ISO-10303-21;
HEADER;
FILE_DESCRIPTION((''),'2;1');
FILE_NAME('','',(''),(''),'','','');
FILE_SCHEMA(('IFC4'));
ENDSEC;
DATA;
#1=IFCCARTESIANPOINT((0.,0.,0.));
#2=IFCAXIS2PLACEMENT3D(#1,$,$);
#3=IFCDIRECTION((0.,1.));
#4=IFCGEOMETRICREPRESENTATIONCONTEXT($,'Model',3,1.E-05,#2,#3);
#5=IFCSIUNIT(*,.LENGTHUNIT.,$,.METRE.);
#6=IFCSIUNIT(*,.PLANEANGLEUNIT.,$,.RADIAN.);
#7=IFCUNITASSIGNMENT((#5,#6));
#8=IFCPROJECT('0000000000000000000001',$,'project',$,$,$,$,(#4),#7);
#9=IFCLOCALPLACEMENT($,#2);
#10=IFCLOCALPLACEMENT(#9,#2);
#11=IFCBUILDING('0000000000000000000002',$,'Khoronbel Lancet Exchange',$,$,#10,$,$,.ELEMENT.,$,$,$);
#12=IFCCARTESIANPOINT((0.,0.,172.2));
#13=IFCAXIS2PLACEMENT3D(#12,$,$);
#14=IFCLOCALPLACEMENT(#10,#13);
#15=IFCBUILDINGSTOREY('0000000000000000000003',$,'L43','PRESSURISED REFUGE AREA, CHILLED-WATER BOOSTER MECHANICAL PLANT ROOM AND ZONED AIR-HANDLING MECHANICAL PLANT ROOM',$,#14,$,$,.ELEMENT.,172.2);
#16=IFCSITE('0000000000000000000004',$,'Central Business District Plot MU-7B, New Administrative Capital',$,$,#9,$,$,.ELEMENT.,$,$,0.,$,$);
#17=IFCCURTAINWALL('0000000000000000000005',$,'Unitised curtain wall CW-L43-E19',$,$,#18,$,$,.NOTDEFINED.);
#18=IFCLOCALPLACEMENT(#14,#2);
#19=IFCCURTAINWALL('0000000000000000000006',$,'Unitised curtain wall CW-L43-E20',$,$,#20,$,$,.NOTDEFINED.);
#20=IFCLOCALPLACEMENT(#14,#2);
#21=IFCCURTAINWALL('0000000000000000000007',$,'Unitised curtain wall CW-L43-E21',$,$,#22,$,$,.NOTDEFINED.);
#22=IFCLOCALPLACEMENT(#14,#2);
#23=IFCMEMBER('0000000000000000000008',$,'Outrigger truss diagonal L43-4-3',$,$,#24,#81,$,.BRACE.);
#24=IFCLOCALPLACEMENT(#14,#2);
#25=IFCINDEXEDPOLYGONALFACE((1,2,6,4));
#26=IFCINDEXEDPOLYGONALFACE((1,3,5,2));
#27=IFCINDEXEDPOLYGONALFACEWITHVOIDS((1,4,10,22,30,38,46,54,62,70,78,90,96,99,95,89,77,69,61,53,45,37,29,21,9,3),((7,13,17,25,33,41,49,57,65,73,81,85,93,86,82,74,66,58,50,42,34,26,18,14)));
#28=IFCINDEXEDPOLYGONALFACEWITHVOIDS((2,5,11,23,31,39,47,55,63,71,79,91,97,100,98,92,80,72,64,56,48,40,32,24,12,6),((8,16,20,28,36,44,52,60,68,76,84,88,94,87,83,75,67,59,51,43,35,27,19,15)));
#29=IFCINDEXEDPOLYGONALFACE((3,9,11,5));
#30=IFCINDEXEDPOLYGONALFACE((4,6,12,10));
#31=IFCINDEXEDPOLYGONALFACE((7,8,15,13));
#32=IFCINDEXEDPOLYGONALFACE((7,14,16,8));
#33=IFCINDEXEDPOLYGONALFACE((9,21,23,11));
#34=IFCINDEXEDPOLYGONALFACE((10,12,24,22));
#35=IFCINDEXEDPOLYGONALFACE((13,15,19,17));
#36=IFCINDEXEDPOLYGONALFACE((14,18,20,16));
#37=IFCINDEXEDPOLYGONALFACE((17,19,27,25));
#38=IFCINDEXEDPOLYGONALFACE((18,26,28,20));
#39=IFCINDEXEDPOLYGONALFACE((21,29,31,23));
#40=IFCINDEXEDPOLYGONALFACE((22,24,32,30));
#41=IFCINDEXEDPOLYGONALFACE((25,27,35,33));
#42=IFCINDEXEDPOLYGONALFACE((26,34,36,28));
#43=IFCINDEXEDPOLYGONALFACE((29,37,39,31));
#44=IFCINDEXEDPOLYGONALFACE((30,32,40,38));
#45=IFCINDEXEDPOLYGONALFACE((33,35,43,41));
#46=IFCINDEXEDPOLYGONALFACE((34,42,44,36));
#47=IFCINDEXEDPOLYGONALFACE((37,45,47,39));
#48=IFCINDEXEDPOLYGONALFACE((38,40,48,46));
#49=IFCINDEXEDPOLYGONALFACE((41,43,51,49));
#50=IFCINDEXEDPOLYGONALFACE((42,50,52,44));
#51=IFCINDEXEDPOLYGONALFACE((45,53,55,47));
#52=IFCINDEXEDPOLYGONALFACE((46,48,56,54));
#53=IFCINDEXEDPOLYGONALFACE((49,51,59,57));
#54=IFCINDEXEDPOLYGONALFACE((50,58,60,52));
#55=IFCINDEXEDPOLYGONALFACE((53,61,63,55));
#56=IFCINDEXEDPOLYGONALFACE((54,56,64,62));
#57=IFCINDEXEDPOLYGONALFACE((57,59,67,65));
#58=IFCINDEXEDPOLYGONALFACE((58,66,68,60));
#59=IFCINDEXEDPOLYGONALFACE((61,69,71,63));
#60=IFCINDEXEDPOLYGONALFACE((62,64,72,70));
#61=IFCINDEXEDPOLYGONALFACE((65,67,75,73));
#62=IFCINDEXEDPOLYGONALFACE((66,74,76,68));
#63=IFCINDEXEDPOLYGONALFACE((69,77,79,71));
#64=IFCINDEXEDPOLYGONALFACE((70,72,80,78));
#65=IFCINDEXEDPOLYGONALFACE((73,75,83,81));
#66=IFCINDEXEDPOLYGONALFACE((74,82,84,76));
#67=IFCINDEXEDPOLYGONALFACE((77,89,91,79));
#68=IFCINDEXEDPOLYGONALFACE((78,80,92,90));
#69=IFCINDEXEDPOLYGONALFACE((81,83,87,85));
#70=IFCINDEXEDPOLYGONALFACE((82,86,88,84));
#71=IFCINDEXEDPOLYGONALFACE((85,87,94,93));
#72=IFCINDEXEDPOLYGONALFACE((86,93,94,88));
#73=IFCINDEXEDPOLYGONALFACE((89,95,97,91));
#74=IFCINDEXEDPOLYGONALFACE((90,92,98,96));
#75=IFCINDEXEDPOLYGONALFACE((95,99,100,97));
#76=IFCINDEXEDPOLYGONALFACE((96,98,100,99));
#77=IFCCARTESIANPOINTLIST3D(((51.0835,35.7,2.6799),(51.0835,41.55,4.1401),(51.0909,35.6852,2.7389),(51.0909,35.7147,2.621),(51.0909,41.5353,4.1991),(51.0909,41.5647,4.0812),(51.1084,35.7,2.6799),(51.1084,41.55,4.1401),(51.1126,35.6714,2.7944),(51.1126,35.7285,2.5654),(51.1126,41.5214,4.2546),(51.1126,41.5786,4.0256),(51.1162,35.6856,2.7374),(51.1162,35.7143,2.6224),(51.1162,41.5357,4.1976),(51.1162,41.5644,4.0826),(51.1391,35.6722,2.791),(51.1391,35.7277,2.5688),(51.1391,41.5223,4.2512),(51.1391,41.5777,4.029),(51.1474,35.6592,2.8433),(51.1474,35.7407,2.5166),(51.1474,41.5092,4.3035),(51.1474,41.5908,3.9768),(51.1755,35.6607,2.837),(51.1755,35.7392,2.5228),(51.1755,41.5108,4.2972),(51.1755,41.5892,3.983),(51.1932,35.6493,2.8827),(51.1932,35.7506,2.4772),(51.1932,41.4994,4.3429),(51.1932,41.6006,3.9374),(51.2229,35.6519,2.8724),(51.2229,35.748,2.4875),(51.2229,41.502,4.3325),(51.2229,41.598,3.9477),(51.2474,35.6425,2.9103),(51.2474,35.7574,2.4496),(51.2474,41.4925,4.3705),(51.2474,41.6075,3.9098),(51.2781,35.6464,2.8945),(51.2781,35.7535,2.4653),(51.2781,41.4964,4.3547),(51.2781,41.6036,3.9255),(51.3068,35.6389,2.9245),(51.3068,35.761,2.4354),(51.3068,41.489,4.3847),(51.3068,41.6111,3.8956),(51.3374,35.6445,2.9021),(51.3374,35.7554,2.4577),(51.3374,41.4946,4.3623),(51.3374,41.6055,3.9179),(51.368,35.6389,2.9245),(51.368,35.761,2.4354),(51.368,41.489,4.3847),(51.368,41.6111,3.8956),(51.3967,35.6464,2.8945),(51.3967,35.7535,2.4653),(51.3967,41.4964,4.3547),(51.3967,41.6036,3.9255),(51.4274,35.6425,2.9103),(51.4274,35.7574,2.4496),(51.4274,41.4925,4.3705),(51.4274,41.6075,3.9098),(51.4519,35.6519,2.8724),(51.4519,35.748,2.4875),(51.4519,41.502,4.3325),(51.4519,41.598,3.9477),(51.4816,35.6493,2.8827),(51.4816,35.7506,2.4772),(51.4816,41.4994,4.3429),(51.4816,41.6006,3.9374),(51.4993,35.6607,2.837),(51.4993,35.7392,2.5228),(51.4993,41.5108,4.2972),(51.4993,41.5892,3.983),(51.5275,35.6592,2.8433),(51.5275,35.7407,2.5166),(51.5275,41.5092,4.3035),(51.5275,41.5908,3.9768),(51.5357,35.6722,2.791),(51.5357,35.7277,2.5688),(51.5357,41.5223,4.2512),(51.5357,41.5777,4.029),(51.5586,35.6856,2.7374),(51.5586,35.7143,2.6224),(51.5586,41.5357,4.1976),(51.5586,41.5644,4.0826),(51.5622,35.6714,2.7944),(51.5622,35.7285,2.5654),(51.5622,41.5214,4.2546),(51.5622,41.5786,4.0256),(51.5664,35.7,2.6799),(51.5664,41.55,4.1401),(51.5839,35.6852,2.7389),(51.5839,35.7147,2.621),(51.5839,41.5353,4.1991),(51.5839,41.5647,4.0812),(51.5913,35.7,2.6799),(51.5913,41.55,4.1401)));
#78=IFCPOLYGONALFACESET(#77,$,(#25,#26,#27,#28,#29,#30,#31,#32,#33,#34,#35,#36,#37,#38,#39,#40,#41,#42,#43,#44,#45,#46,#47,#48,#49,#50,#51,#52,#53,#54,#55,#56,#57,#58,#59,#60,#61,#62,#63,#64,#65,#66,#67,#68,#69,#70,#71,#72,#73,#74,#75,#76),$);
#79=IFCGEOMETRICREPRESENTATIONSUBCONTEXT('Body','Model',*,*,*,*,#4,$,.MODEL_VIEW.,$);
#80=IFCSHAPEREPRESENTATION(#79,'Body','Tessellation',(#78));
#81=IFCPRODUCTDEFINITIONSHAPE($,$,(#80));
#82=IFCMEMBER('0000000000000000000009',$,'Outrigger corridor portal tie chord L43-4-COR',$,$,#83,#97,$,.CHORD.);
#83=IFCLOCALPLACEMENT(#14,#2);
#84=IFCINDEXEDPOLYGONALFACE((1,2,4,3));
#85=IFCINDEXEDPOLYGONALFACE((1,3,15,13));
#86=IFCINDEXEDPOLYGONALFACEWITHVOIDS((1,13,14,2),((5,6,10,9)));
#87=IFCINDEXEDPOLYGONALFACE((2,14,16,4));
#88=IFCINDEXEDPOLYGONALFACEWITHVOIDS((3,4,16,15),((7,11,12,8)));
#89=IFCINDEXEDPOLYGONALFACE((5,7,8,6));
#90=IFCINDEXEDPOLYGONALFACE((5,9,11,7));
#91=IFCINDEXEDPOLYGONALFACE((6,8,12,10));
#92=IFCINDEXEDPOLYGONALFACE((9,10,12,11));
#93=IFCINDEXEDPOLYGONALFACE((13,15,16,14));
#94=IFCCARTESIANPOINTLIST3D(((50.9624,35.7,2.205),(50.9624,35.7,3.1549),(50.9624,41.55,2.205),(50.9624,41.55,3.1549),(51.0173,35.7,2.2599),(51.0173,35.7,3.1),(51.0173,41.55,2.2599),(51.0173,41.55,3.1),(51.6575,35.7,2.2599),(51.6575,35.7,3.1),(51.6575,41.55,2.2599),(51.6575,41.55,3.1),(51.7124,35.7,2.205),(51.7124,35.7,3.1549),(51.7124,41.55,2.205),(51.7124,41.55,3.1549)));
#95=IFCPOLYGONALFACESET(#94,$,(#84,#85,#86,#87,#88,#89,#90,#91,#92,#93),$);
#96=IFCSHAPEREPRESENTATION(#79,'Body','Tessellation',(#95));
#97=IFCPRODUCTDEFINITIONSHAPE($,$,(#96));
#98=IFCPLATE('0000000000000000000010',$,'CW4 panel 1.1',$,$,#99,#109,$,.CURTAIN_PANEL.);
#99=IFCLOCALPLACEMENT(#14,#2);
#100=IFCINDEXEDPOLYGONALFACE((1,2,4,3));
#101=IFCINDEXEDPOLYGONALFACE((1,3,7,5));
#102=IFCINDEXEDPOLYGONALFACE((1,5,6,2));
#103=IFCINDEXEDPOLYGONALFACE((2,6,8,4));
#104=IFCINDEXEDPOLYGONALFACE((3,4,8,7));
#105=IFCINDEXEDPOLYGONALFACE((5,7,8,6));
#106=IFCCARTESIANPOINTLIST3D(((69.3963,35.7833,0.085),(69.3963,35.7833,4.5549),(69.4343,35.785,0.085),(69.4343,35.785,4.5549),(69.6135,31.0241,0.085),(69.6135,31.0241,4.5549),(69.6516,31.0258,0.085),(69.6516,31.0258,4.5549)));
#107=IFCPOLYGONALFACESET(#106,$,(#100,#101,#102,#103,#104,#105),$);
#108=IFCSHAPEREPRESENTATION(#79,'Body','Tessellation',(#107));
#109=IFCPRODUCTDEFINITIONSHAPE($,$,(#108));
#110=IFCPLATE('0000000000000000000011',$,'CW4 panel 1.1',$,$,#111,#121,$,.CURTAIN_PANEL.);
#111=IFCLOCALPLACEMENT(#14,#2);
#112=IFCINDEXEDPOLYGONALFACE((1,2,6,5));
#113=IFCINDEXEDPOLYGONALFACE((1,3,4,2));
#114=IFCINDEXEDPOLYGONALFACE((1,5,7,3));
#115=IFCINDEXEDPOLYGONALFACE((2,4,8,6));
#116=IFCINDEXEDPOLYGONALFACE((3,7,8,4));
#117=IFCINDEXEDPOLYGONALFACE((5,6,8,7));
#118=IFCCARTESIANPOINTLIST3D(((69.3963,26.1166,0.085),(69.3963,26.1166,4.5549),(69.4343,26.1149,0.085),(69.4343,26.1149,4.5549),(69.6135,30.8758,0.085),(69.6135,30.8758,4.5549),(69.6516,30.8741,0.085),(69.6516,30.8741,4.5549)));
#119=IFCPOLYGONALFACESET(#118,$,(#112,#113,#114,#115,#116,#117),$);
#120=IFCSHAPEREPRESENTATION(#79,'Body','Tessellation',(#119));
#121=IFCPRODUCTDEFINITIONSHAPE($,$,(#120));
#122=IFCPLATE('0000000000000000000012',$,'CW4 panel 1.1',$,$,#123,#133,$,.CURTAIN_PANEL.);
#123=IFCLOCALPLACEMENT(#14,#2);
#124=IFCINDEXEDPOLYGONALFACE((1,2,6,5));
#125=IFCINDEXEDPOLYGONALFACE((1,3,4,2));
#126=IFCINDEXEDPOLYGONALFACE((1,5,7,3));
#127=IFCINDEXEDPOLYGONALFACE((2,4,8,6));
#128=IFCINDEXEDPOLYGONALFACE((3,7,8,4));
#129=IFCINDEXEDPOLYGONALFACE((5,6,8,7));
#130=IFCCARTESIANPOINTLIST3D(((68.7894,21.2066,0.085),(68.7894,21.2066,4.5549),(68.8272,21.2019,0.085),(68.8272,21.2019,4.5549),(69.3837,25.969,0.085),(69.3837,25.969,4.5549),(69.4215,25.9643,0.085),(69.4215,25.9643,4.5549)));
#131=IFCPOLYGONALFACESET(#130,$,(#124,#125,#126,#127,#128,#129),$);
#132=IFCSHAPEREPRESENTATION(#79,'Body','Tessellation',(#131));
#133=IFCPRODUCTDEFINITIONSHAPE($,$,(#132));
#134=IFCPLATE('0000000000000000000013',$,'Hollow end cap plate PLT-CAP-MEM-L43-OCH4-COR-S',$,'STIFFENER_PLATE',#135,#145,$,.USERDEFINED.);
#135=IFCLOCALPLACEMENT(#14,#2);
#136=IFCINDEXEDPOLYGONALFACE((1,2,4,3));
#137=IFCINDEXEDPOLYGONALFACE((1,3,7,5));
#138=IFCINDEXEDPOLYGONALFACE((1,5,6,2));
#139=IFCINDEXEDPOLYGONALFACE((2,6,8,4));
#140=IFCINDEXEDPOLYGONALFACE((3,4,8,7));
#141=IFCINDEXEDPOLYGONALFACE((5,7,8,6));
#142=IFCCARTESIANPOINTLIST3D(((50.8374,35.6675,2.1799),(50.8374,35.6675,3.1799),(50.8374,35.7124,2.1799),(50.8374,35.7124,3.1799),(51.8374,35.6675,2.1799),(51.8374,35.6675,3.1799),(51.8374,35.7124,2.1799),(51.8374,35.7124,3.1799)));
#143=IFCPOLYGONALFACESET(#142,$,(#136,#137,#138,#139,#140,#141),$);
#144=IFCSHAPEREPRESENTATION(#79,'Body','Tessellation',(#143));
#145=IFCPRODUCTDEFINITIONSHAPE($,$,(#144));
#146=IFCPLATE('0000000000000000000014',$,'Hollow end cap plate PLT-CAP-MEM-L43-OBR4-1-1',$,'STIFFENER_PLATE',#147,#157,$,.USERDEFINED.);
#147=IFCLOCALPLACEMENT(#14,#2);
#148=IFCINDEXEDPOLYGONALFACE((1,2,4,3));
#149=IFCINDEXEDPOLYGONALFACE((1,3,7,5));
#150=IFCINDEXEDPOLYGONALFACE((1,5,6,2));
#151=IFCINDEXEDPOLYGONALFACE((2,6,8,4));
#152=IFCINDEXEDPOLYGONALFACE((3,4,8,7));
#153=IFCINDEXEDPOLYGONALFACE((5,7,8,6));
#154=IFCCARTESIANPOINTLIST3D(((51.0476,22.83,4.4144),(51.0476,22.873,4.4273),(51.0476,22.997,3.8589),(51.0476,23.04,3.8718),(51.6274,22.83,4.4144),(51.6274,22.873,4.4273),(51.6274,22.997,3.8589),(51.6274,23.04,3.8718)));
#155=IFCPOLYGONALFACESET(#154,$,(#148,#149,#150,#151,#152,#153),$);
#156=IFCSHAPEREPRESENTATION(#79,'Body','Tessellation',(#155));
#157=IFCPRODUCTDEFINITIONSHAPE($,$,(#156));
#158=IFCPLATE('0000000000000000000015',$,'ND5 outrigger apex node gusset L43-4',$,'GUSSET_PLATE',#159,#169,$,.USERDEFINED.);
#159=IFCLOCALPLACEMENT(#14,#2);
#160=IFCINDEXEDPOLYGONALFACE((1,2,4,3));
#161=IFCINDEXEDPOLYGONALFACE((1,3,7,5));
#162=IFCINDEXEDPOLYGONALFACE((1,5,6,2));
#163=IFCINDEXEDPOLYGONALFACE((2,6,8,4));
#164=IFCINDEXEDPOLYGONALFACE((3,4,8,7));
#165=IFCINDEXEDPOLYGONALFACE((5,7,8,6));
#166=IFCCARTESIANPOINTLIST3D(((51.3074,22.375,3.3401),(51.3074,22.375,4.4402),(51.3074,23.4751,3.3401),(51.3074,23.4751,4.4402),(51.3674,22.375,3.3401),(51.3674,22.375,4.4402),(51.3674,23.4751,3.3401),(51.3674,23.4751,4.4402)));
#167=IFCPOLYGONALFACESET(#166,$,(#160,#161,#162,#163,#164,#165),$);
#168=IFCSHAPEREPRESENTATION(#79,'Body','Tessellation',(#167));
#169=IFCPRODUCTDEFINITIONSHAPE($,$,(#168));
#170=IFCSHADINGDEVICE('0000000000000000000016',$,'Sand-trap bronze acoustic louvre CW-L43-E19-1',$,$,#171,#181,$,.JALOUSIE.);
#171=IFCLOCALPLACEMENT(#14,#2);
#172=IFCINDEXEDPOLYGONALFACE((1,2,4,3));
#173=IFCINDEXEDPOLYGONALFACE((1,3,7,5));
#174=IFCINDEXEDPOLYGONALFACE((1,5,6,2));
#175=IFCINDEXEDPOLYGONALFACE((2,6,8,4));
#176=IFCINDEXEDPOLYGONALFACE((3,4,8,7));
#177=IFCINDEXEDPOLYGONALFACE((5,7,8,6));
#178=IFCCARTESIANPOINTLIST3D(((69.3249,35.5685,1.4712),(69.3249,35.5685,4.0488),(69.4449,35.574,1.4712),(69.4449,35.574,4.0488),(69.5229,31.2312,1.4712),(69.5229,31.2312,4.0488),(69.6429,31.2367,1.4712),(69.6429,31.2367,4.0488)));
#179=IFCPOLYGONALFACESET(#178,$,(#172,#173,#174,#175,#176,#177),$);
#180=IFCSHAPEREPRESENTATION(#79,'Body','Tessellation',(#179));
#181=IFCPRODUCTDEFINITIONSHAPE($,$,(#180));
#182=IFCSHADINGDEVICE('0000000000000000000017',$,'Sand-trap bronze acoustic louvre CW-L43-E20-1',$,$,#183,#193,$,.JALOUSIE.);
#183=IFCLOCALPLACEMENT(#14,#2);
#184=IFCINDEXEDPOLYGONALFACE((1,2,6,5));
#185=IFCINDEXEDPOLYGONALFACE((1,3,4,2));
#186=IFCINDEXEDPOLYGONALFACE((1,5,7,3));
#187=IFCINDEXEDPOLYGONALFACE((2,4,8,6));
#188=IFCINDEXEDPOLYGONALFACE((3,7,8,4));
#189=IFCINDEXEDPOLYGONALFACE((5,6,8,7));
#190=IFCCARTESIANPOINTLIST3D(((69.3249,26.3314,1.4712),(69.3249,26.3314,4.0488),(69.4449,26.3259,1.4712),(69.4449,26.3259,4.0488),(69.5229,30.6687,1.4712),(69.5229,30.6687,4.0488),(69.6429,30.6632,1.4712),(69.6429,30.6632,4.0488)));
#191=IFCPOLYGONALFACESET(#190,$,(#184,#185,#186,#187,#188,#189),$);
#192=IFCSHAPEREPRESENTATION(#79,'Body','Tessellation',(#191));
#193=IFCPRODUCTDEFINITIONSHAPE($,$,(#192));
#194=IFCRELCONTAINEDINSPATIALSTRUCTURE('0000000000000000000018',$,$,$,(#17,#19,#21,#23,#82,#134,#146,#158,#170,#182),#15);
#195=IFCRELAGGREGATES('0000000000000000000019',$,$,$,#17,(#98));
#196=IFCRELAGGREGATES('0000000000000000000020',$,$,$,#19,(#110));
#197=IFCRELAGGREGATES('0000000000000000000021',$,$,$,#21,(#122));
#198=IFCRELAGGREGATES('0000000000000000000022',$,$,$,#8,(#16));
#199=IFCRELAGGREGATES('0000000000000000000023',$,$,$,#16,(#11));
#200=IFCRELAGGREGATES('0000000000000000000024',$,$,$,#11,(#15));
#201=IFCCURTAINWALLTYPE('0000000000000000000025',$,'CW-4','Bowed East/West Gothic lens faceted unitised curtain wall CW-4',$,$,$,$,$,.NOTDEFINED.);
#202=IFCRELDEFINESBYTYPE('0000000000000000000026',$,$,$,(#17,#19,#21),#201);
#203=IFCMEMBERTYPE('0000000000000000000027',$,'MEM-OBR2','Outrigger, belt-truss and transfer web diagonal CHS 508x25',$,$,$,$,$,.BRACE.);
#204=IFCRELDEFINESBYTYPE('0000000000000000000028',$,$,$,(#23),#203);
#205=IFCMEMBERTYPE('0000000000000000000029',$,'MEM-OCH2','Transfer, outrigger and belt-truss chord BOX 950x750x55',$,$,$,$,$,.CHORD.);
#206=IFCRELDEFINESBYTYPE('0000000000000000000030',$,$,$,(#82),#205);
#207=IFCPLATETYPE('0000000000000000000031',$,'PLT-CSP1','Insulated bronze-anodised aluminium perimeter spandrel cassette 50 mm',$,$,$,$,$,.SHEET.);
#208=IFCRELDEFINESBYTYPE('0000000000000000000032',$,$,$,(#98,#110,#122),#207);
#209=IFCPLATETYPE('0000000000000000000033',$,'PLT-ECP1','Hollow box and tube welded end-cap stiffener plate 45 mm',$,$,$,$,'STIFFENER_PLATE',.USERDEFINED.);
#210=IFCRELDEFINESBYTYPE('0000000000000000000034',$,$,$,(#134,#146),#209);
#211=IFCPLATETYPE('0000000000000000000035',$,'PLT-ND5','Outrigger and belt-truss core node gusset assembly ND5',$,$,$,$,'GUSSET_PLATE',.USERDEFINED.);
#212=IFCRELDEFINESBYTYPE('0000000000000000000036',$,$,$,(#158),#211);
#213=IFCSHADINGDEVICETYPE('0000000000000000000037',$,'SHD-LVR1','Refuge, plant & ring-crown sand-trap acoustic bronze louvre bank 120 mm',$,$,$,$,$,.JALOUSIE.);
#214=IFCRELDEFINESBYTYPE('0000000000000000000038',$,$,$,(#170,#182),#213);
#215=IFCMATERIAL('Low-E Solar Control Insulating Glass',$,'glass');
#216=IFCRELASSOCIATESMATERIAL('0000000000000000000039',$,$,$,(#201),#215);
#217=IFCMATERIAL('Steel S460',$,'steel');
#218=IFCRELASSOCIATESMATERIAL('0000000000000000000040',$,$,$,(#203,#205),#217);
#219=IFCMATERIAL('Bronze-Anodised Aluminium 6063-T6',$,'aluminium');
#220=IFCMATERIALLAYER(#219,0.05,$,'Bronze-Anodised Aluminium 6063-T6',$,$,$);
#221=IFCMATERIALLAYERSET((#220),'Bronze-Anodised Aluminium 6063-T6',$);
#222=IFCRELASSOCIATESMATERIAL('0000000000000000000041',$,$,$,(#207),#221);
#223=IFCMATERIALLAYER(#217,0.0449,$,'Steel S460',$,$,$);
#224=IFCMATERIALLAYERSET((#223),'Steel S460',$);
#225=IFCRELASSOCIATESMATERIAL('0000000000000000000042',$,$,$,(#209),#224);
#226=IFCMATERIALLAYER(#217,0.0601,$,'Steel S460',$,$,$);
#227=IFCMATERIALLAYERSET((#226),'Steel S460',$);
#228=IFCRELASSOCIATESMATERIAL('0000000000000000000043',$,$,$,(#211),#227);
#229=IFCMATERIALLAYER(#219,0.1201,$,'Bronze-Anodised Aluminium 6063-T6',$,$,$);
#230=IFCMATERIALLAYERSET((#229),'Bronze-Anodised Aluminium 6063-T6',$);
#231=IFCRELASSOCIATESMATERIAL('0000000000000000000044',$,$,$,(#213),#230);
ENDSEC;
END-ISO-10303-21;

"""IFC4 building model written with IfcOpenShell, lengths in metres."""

from ifc_helpers import new_model, si_unit, direction, frame, origin, origin_2d, place, context, subcontext, project, spatial, polyline, rectangle, hollow_rectangle, hollow_circle, outline, extrude, material, layer, layer_set, material_profile, profile_set, type_object, element, aggregate, save


model = new_model("IFC4")

# Units and contexts
model_context = context("Model", 3, precision=1e-05, world=origin(), true_north=direction((0.0, 1.0)))
body_context = subcontext(model_context, "Body", "Model", "MODEL_VIEW")
ifc_project = project(units=[si_unit("LENGTHUNIT", "METRE"), si_unit("PLANEANGLEUNIT", "RADIAN")], contexts=[model_context])

# Site, building, storey
site_placement = place(None, origin())
site = spatial("IfcSite", under=ifc_project, at=site_placement, Name="Central Business District Plot MU-7B, New Administrative Capital", CompositionType="ELEMENT", RefElevation=0.0)
building_placement = place(site_placement, origin())
building = spatial("IfcBuilding", under=site, at=building_placement, Name="Khoronbel Lancet Exchange", CompositionType="ELEMENT")
storey_placement = place(building_placement, frame((0.0, 0.0, 172.2)))
storey = spatial("IfcBuildingStorey", under=building, at=storey_placement, Name="L43", Description="PRESSURISED REFUGE AREA, CHILLED-WATER BOOSTER MECHANICAL PLANT ROOM AND ZONED AIR-HANDLING MECHANICAL PLANT ROOM", CompositionType="ELEMENT", Elevation=172.2)

# Curtain wall
ifc_material_1 = material(Name="Low-E Solar Control Insulating Glass", Category="glass")
curtain_wall_type = type_object("IfcCurtainWallType", Name="CW-4", Description="Bowed East/West Gothic lens faceted unitised curtain wall CW-4", PredefinedType="NOTDEFINED", material=ifc_material_1)
curtain_wall_1_placement = place(storey_placement, origin())
curtain_wall_1 = element("IfcCurtainWall", 1, at=curtain_wall_1_placement, inside=storey, type_object=curtain_wall_type, Name="Unitised curtain wall CW-L43-E19", PredefinedType="NOTDEFINED")
ifc_material_2 = material(Name="Bronze-Anodised Aluminium 6063-T6", Category="aluminium")

# Curtain walls
curtain_wall_2_placement = place(storey_placement, origin())
curtain_wall_2 = element("IfcCurtainWall", 2, at=curtain_wall_2_placement, inside=storey, type_object=curtain_wall_type, Name="Unitised curtain wall CW-L43-E20", PredefinedType="NOTDEFINED")
curtain_wall_3_placement = place(storey_placement, origin())
curtain_wall_3 = element("IfcCurtainWall", 3, at=curtain_wall_3_placement, inside=storey, type_object=curtain_wall_type, Name="Unitised curtain wall CW-L43-E21", PredefinedType="NOTDEFINED")

# Members
ifc_material_3 = material(Name="Steel S460", Category="steel")
ifc_material_profile_1 = material_profile(ifc_material_3, hollow_circle(Radius=0.2539, WallThickness=0.0249, at=origin_2d()), Name="CHS 508x25")
ifc_profile_set_1 = profile_set([ifc_material_profile_1], Name="Steel S460")
member_type_1 = type_object("IfcMemberType", Name="MEM-OBR2", Description="Outrigger, belt-truss and transfer web diagonal CHS 508x25", PredefinedType="BRACE", material=ifc_profile_set_1)
member_1_placement = place(storey_placement, frame((51.3374, 35.7, 2.6799), z_axis=(0.0, 0.970233, 0.242174), x_axis=(-1.0, 0.0, 0.0)))
element("IfcMember", 4, at=member_1_placement, inside=storey, type_object=member_type_1, Name="Outrigger truss diagonal L43-4-3", PredefinedType="BRACE", context=body_context, shape_type="SweptSolid", body=[
    extrude(hollow_circle(Radius=0.2539, WallThickness=0.0249, at=origin_2d()), origin(), (0.0, 0.0, 1.0), 6.0295),
])
ifc_material_profile_2 = material_profile(ifc_material_3, hollow_rectangle(XDim=0.75, YDim=0.95, WallThickness=0.0549, at=origin_2d()), Name="BOX 950x750x55")
ifc_profile_set_2 = profile_set([ifc_material_profile_2], Name="Steel S460")
member_type_2 = type_object("IfcMemberType", Name="MEM-OCH2", Description="Transfer, outrigger and belt-truss chord BOX 950x750x55", PredefinedType="CHORD", material=ifc_profile_set_2)
member_2_placement = place(storey_placement, frame((51.3374, 35.7, 2.6799), z_axis=(0.0, 1.0, 0.0), x_axis=(-1.0, 0.0, 0.0)))
element("IfcMember", 5, at=member_2_placement, inside=storey, type_object=member_type_2, Name="Outrigger corridor portal tie chord L43-4-COR", PredefinedType="CHORD", context=body_context, shape_type="SweptSolid", body=[
    extrude(hollow_rectangle(XDim=0.75, YDim=0.95, WallThickness=0.0549, at=origin_2d()), origin(), (0.0, 0.0, 1.0), 5.8501),
])

# Plates
ifc_layer_1 = layer(ifc_material_2, 0.05, Name="Bronze-Anodised Aluminium 6063-T6")
ifc_layer_set_1 = layer_set([ifc_layer_1], Name="Bronze-Anodised Aluminium 6063-T6")
plate_type_1 = type_object("IfcPlateType", Name="PLT-CSP1", Description="Insulated bronze-anodised aluminium perimeter spandrel cassette 50 mm", PredefinedType="SHEET", material=ifc_layer_set_1)
plate_1_placement = place(storey_placement, frame((69.5239, 33.4045, 0.085), z_axis=(0.0, 0.0, 1.0), x_axis=(0.045602, -0.99896, 0.0)))
plate_1 = element("IfcPlate", 6, at=plate_1_placement, type_object=plate_type_1, Name="CW4 panel 1.1", PredefinedType="CURTAIN_PANEL", context=body_context, shape_type="SweptSolid", body=[
    extrude(rectangle(XDim=4.7642, YDim=0.0381, at=origin_2d()), origin(), (0.0, 0.0, 1.0), 4.47),
])
aggregate(curtain_wall_1, [plate_1])
plate_2_placement = place(storey_placement, frame((69.5239, 28.4954, 0.085), z_axis=(0.0, 0.0, 1.0), x_axis=(-0.045602, -0.99896, 0.0)))
plate_2 = element("IfcPlate", 7, at=plate_2_placement, type_object=plate_type_1, Name="CW4 panel 1.1", PredefinedType="CURTAIN_PANEL", context=body_context, shape_type="SweptSolid", body=[
    extrude(rectangle(XDim=4.7642, YDim=0.0381, at=origin_2d()), origin(), (0.0, 0.0, 1.0), 4.47),
])
aggregate(curtain_wall_2, [plate_2])
plate_3_placement = place(storey_placement, frame((69.1055, 23.5854, 0.085), z_axis=(0.0, 0.0, 1.0), x_axis=(-0.123838, -0.992302, 0.0)))
plate_3 = element("IfcPlate", 8, at=plate_3_placement, type_object=plate_type_1, Name="CW4 panel 1.1", PredefinedType="CURTAIN_PANEL", context=body_context, shape_type="SweptSolid", body=[
    extrude(rectangle(XDim=4.7993, YDim=0.0381, at=origin_2d()), origin(), (0.0, 0.0, 1.0), 4.47),
])
aggregate(curtain_wall_3, [plate_3])

# Plates
ifc_layer_2 = layer(ifc_material_3, 0.0449, Name="Steel S460")
ifc_layer_set_2 = layer_set([ifc_layer_2], Name="Steel S460")
plate_type_2 = type_object("IfcPlateType", Name="PLT-ECP1", Description="Hollow box and tube welded end-cap stiffener plate 45 mm", ElementType="STIFFENER_PLATE", PredefinedType="USERDEFINED", material=ifc_layer_set_2)
plate_4_placement = place(storey_placement, frame((51.3374, 35.6899, 2.1799), z_axis=(0.0, 0.0, 1.0), x_axis=(0.0, -1.0, 0.0)))
element("IfcPlate", 9, at=plate_4_placement, inside=storey, type_object=plate_type_2, Name="Hollow end cap plate PLT-CAP-MEM-L43-OCH4-COR-S", ObjectType="STIFFENER_PLATE", PredefinedType="USERDEFINED", context=body_context, shape_type="SweptSolid", body=[
    extrude(rectangle(XDim=0.0449, YDim=1.0, at=origin_2d()), origin(), (0.0, 0.0, 1.0), 1.0),
])
plate_5_placement = place(storey_placement, frame((51.6274, 23.04, 3.8718), z_axis=(0.0, 0.957652, 0.287927), x_axis=(-1.0, 0.0, 0.0)))
element("IfcPlate", 10, at=plate_5_placement, inside=storey, type_object=plate_type_2, Name="Hollow end cap plate PLT-CAP-MEM-L43-OBR4-1-1", ObjectType="STIFFENER_PLATE", PredefinedType="USERDEFINED", context=body_context, shape_type="SweptSolid", body=[
    extrude(outline(polyline([(0.0, 0.0), (0.5798, 0.0), (0.5798, 0.5801), (0.0, 0.5801), (0.0, 0.0)])), origin(), (0.0, 0.0, -1.0), 0.0449),
])
ifc_layer_3 = layer(ifc_material_3, 0.0601, Name="Steel S460")
ifc_layer_set_3 = layer_set([ifc_layer_3], Name="Steel S460")
plate_type_3 = type_object("IfcPlateType", Name="PLT-ND5", Description="Outrigger and belt-truss core node gusset assembly ND5", ElementType="GUSSET_PLATE", PredefinedType="USERDEFINED", material=ifc_layer_set_3)
plate_6_placement = place(storey_placement, frame((51.3374, 22.925, 3.3401), z_axis=(0.0, 0.0, 1.0), x_axis=(1.0, 0.0, 0.0)))
element("IfcPlate", 11, at=plate_6_placement, inside=storey, type_object=plate_type_3, Name="ND5 outrigger apex node gusset L43-4", ObjectType="GUSSET_PLATE", PredefinedType="USERDEFINED", context=body_context, shape_type="SweptSolid", body=[
    extrude(rectangle(XDim=0.0601, YDim=1.1001, at=origin_2d()), origin(), (0.0, 0.0, 1.0), 1.1001),
])

# Shading devices
ifc_layer_4 = layer(ifc_material_2, 0.1201, Name="Bronze-Anodised Aluminium 6063-T6")
ifc_layer_set_4 = layer_set([ifc_layer_4], Name="Bronze-Anodised Aluminium 6063-T6")
shading_device_type = type_object("IfcShadingDeviceType", Name="SHD-LVR1", Description="Refuge, plant & ring-crown sand-trap acoustic bronze louvre bank 120 mm", PredefinedType="JALOUSIE", material=ifc_layer_set_4)
for number, where, z_axis, x_axis, name in (
    (12, (69.4839, 33.4026, 1.4712), (0.0, 0.0, 1.0), (0.045602, -0.99896, 0.0), "Sand-trap bronze acoustic louvre CW-L43-E19-1"),
    (13, (69.4839, 28.4973, 1.4712), (0.0, 0.0, 1.0), (-0.045602, -0.99896, 0.0), "Sand-trap bronze acoustic louvre CW-L43-E20-1"),
):
    element("IfcShadingDevice", number, at=place(storey_placement, frame(where, z_axis=z_axis, x_axis=x_axis)), inside=storey, type_object=shading_device_type, Name=name, PredefinedType="JALOUSIE", context=body_context, shape_type="SweptSolid", body=[
        extrude(rectangle(XDim=4.3418, YDim=0.1201, at=origin_2d()), origin(), (0.0, 0.0, 1.0), 2.5776),
    ])

save(model, "model.ifc")
